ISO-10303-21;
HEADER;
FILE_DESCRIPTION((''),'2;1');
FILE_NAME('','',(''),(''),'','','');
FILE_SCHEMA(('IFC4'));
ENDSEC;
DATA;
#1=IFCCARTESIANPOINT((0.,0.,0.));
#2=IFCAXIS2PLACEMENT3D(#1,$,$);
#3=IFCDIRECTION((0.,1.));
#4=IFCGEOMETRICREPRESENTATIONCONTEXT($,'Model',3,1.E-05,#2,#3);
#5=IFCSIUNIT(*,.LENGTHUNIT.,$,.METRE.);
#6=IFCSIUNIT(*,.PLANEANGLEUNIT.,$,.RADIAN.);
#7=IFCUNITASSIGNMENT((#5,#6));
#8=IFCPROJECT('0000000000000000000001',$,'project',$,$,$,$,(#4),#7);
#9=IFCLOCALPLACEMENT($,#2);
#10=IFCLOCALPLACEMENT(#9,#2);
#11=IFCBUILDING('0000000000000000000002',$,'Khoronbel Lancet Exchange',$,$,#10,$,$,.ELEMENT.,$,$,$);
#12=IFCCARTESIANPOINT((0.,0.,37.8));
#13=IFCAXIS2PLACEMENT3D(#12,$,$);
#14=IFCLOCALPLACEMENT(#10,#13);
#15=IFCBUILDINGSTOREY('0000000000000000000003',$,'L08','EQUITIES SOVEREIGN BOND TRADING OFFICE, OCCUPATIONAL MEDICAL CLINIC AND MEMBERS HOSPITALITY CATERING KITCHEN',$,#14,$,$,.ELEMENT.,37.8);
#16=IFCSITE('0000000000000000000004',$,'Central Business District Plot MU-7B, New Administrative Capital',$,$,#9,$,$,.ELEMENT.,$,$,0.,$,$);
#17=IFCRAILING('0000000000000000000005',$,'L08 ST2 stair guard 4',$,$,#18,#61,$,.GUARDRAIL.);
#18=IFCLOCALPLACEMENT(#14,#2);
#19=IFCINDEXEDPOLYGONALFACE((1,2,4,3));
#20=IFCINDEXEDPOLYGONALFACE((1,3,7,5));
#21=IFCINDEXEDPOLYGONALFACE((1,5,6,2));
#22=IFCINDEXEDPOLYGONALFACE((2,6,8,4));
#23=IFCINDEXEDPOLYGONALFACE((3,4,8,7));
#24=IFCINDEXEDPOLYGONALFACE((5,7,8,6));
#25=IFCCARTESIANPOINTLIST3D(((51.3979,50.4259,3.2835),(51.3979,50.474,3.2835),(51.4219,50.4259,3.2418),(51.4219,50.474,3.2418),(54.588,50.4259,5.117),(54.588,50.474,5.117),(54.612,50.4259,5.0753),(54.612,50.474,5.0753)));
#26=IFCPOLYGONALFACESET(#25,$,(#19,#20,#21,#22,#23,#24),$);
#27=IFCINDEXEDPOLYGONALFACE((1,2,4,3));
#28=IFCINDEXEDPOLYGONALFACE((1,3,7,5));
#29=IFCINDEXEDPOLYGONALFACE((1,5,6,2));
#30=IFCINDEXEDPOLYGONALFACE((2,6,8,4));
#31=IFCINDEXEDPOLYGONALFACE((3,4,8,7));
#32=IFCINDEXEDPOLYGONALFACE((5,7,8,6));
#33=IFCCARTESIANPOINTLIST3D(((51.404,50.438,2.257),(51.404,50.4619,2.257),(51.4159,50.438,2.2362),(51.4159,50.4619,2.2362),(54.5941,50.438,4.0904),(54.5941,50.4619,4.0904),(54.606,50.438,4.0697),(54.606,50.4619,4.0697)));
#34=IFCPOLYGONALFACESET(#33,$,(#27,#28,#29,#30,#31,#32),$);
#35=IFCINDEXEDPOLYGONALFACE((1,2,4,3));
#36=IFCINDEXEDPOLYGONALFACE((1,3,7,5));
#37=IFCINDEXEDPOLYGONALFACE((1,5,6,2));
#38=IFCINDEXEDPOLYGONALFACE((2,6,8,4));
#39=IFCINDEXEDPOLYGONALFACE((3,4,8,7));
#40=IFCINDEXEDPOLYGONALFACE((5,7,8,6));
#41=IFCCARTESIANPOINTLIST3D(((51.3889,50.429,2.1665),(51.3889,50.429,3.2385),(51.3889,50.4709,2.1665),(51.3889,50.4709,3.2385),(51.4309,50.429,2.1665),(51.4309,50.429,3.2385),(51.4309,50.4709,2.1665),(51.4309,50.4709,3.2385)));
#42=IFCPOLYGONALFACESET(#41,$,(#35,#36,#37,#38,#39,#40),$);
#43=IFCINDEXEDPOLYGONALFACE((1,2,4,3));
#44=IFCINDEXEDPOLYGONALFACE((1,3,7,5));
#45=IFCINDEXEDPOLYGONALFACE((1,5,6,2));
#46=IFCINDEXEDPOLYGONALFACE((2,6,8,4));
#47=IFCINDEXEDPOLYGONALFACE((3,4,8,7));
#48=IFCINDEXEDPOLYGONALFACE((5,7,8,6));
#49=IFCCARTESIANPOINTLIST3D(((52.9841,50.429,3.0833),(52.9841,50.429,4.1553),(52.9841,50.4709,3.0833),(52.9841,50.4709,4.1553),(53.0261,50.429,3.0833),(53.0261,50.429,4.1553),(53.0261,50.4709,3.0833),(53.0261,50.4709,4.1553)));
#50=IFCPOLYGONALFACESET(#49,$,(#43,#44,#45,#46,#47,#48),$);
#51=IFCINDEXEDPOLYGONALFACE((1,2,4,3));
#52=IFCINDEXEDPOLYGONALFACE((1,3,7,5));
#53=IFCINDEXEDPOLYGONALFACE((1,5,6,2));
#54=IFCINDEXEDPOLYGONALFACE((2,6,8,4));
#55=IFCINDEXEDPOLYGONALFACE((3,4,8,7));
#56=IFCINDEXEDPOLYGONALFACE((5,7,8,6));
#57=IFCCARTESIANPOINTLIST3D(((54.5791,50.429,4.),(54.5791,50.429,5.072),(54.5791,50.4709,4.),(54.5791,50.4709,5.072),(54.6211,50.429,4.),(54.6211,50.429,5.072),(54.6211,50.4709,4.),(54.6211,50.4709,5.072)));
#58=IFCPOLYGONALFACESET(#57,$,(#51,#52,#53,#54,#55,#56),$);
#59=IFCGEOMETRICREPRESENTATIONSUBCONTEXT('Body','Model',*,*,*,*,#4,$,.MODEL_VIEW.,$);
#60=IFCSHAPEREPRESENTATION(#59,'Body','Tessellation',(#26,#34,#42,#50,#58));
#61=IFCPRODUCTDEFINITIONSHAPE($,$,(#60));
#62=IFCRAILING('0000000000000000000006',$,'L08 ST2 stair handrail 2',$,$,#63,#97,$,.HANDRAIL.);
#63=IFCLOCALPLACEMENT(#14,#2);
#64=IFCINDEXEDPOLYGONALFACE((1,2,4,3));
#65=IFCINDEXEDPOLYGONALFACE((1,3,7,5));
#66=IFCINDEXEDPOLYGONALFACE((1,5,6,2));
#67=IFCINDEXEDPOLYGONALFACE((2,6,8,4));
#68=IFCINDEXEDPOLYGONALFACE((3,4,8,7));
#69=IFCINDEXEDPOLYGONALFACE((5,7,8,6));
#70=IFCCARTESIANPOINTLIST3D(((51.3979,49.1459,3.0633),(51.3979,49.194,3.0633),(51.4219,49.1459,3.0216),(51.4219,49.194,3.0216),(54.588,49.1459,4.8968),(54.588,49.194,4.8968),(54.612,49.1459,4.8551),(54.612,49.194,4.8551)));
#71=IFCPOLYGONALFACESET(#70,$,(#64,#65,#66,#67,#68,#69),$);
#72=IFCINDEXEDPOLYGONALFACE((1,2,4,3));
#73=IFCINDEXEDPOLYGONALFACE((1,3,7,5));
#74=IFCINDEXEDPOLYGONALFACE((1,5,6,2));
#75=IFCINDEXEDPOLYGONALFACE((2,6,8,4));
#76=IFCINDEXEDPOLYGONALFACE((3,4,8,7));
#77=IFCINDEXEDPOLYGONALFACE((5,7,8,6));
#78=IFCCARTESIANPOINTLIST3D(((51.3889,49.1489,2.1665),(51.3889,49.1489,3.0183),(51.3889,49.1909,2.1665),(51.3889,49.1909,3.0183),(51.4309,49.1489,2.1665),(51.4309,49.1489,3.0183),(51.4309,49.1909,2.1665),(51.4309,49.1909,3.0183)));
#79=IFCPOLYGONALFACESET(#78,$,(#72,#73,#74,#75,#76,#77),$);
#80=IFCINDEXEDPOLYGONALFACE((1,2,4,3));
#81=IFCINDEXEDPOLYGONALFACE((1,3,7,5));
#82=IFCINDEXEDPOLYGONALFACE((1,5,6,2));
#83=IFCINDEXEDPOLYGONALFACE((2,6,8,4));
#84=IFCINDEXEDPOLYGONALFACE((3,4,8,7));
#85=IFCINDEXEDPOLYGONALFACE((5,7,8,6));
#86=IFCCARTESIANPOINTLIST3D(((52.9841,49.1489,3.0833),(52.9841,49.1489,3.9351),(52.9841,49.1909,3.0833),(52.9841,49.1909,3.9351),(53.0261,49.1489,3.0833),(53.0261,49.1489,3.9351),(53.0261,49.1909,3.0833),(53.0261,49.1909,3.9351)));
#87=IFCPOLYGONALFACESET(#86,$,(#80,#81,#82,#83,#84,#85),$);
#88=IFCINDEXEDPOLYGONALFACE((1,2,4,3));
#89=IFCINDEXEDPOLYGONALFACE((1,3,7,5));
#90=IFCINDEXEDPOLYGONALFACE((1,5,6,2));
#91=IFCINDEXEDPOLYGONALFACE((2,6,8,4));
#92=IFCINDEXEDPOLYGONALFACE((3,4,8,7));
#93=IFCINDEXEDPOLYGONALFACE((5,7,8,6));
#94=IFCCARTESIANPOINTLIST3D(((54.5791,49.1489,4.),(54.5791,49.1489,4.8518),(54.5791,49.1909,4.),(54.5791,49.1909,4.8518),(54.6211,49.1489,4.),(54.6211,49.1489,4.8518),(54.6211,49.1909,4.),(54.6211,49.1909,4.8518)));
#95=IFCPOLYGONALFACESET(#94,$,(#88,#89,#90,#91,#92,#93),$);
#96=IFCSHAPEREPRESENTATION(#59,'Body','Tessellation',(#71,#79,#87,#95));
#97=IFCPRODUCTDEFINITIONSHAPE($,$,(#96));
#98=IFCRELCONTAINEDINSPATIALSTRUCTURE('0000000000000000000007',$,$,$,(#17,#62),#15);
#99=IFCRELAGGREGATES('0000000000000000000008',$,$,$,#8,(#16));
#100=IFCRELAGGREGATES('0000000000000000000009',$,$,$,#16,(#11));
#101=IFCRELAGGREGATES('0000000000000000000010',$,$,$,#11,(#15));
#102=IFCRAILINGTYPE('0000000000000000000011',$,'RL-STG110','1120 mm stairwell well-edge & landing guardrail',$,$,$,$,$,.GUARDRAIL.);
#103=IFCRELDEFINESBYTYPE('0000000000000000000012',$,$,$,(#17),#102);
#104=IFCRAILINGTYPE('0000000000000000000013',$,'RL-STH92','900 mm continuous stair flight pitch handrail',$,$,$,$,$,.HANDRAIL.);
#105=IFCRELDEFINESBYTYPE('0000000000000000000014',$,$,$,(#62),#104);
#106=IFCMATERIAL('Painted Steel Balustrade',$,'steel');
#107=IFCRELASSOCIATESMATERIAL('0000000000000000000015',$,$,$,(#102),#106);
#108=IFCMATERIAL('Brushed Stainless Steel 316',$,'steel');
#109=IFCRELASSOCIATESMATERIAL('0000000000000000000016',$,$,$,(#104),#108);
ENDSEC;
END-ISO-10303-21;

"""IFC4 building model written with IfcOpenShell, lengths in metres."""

from ifc_helpers import new_model, si_unit, direction, frame, origin, origin_2d, place, context, subcontext, project, spatial, rectangle, extrude, material, type_object, element, save


model = new_model("IFC4")

# Units and contexts
model_context = context("Model", 3, precision=1e-05, world=origin(), true_north=direction((0.0, 1.0)))
body_context = subcontext(model_context, "Body", "Model", "MODEL_VIEW")
ifc_project = project(units=[si_unit("LENGTHUNIT", "METRE"), si_unit("PLANEANGLEUNIT", "RADIAN")], contexts=[model_context])

# Site, building, storey
site_placement = place(None, origin())
site = spatial("IfcSite", under=ifc_project, at=site_placement, Name="Central Business District Plot MU-7B, New Administrative Capital", CompositionType="ELEMENT", RefElevation=0.0)
building_placement = place(site_placement, origin())
building = spatial("IfcBuilding", under=site, at=building_placement, Name="Khoronbel Lancet Exchange", CompositionType="ELEMENT")
storey_placement = place(building_placement, frame((0.0, 0.0, 37.8)))
storey = spatial("IfcBuildingStorey", under=building, at=storey_placement, Name="L08", Description="EQUITIES SOVEREIGN BOND TRADING OFFICE, OCCUPATIONAL MEDICAL CLINIC AND MEMBERS HOSPITALITY CATERING KITCHEN", CompositionType="ELEMENT", Elevation=37.8)

# Railings
ifc_material_1 = material(Name="Painted Steel Balustrade", Category="steel")
railing_type_1 = type_object("IfcRailingType", Name="RL-STG110", Description="1120 mm stairwell well-edge & landing guardrail", PredefinedType="GUARDRAIL", material=ifc_material_1)
railing_1_placement = place(storey_placement, frame((51.4099, 50.45, 2.1665)))
element("IfcRailing", 1, at=railing_1_placement, inside=storey, type_object=railing_type_1, Name="L08 ST2 stair guard 4", PredefinedType="GUARDRAIL", context=body_context, shape_type="SweptSolid", body=[
    extrude(rectangle(XDim=0.0481, YDim=0.0481, at=origin_2d()), frame((0.0, 0.0, 1.0962), z_axis=(0.867007, 0.0, 0.498295), x_axis=(0.0, 1.0, 0.0)), (0.0, 0.0, 1.0), 3.6794),
    extrude(rectangle(XDim=0.0239, YDim=0.0239, at=origin_2d()), frame((0.0, 0.0, 0.0801), z_axis=(0.867007, 0.0, 0.498295), x_axis=(0.0, 1.0, 0.0)), (0.0, 0.0, 1.0), 3.6794),
    extrude(rectangle(XDim=0.042, YDim=0.042, at=origin_2d()), origin(), (0.0, 0.0, 1.0), 1.072),
    extrude(rectangle(XDim=0.042, YDim=0.042, at=origin_2d()), frame((1.5952, 0.0, 0.9167)), (0.0, 0.0, 1.0), 1.072),
    extrude(rectangle(XDim=0.042, YDim=0.042, at=origin_2d()), frame((3.1902, 0.0, 1.8335)), (0.0, 0.0, 1.0), 1.072),
])
ifc_material_2 = material(Name="Brushed Stainless Steel 316", Category="steel")
railing_type_2 = type_object("IfcRailingType", Name="RL-STH92", Description="900 mm continuous stair flight pitch handrail", PredefinedType="HANDRAIL", material=ifc_material_2)
railing_2_placement = place(storey_placement, frame((51.4099, 49.1699, 2.1665)))
element("IfcRailing", 2, at=railing_2_placement, inside=storey, type_object=railing_type_2, Name="L08 ST2 stair handrail 2", PredefinedType="HANDRAIL", context=body_context, shape_type="SweptSolid", body=[
    extrude(rectangle(XDim=0.0481, YDim=0.0481, at=origin_2d()), frame((0.0, 0.0, 0.876), z_axis=(0.867007, 0.0, 0.498295), x_axis=(0.0, 1.0, 0.0)), (0.0, 0.0, 1.0), 3.6794),
    extrude(rectangle(XDim=0.042, YDim=0.042, at=origin_2d()), origin(), (0.0, 0.0, 1.0), 0.8518),
    extrude(rectangle(XDim=0.042, YDim=0.042, at=origin_2d()), frame((1.5952, 0.0, 0.9167)), (0.0, 0.0, 1.0), 0.8518),
    extrude(rectangle(XDim=0.042, YDim=0.042, at=origin_2d()), frame((3.1902, 0.0, 1.8335)), (0.0, 0.0, 1.0), 0.8518),
])

save(model, "model.ifc")
